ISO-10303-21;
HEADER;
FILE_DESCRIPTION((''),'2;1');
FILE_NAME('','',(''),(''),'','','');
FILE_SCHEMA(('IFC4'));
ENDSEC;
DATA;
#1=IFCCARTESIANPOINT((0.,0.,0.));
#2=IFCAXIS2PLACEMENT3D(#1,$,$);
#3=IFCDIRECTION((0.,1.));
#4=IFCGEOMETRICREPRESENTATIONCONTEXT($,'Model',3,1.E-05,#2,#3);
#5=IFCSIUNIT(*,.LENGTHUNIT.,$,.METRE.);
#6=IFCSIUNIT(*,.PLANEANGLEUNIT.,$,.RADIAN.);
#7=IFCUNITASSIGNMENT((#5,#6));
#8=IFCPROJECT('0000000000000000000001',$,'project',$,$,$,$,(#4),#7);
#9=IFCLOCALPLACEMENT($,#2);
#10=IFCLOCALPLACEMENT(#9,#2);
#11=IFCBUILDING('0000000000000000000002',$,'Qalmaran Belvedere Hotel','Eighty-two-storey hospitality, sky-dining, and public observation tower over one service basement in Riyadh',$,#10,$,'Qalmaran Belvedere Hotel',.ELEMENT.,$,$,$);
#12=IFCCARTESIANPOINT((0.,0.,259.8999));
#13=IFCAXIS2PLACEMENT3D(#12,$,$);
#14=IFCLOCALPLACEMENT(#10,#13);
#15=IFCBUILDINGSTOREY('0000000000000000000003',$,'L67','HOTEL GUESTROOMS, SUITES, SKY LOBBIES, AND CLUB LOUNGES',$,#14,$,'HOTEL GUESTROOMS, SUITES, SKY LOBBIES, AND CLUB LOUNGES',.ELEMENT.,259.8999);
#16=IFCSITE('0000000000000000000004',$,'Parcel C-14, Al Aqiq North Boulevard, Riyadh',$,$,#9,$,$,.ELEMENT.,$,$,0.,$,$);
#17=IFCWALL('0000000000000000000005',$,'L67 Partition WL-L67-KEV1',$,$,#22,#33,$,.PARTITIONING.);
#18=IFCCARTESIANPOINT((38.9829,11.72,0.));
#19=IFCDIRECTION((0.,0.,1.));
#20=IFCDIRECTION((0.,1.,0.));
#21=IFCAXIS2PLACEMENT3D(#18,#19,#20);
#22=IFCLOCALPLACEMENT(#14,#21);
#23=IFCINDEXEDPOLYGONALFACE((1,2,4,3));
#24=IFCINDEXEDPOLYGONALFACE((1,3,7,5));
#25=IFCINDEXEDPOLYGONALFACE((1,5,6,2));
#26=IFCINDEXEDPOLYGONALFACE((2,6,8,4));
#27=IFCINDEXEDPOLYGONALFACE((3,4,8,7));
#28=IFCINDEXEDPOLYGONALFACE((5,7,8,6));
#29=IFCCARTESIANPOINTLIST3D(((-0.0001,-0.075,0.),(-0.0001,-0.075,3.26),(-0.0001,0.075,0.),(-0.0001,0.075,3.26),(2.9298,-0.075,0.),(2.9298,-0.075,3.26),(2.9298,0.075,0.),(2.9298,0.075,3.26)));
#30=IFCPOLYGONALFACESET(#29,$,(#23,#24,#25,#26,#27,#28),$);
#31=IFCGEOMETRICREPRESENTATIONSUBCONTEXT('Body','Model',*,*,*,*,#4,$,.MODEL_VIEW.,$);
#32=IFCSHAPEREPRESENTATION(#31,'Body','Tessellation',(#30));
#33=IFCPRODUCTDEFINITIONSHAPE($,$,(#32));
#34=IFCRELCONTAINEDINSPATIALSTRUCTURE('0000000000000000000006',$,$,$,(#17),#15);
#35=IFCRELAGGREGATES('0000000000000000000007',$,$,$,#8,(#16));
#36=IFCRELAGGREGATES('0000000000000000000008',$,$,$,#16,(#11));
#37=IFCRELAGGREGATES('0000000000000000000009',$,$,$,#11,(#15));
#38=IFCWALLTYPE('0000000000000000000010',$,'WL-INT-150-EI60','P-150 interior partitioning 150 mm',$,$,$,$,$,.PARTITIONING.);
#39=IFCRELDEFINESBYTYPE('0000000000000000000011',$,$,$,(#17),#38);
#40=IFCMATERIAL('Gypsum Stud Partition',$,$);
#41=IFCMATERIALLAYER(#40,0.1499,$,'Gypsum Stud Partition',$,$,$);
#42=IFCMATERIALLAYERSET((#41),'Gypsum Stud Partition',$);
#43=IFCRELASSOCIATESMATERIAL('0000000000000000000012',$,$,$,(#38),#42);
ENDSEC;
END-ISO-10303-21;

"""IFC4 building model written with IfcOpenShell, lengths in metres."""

from ifc_helpers import new_model, si_unit, direction, frame, frame_2d, origin, place, context, subcontext, project, spatial, rectangle, extrude, material, layer, layer_set, type_object, element, save


model = new_model("IFC4")

# Units and contexts
model_context = context("Model", 3, precision=1e-05, world=origin(), true_north=direction((0.0, 1.0)))
body_context = subcontext(model_context, "Body", "Model", "MODEL_VIEW")
ifc_project = project(units=[si_unit("LENGTHUNIT", "METRE"), si_unit("PLANEANGLEUNIT", "RADIAN")], contexts=[model_context])

# Site, building, storey
site_placement = place(None, origin())
site = spatial("IfcSite", under=ifc_project, at=site_placement, Name="Parcel C-14, Al Aqiq North Boulevard, Riyadh", CompositionType="ELEMENT", RefElevation=0.0)
building_placement = place(site_placement, origin())
building = spatial("IfcBuilding", under=site, at=building_placement, Name="Qalmaran Belvedere Hotel", Description="Eighty-two-storey hospitality, sky-dining, and public observation tower over one service basement in Riyadh", LongName="Qalmaran Belvedere Hotel", CompositionType="ELEMENT")
storey_placement = place(building_placement, frame((0.0, 0.0, 259.8999)))
storey = spatial("IfcBuildingStorey", under=building, at=storey_placement, Name="L67", Description="HOTEL GUESTROOMS, SUITES, SKY LOBBIES, AND CLUB LOUNGES", LongName="HOTEL GUESTROOMS, SUITES, SKY LOBBIES, AND CLUB LOUNGES", CompositionType="ELEMENT", Elevation=259.8999)

# Wall
ifc_material_1 = material(Name="Gypsum Stud Partition")
ifc_layer_1 = layer(ifc_material_1, 0.1499, Name="Gypsum Stud Partition")
ifc_layer_set_1 = layer_set([ifc_layer_1], Name="Gypsum Stud Partition")
wall_type_1 = type_object("IfcWallType", Name="WL-INT-150-EI60", Description="P-150 interior partitioning 150 mm", PredefinedType="PARTITIONING", material=ifc_layer_set_1)
wall_1_placement = place(storey_placement, frame((38.9829, 11.72, 0.0), z_axis=(0.0, 0.0, 1.0), x_axis=(0.0, 1.0, 0.0)))
element("IfcWall", 1, at=wall_1_placement, inside=storey, type_object=wall_type_1, Name="L67 Partition WL-L67-KEV1", PredefinedType="PARTITIONING", context=body_context, shape_type="SweptSolid", body=[
    extrude(rectangle(XDim=2.9299, YDim=0.1499, at=frame_2d((1.4648, 0.0))), origin(), (0.0, 0.0, 1.0), 3.26),
])

save(model, "model.ifc")
